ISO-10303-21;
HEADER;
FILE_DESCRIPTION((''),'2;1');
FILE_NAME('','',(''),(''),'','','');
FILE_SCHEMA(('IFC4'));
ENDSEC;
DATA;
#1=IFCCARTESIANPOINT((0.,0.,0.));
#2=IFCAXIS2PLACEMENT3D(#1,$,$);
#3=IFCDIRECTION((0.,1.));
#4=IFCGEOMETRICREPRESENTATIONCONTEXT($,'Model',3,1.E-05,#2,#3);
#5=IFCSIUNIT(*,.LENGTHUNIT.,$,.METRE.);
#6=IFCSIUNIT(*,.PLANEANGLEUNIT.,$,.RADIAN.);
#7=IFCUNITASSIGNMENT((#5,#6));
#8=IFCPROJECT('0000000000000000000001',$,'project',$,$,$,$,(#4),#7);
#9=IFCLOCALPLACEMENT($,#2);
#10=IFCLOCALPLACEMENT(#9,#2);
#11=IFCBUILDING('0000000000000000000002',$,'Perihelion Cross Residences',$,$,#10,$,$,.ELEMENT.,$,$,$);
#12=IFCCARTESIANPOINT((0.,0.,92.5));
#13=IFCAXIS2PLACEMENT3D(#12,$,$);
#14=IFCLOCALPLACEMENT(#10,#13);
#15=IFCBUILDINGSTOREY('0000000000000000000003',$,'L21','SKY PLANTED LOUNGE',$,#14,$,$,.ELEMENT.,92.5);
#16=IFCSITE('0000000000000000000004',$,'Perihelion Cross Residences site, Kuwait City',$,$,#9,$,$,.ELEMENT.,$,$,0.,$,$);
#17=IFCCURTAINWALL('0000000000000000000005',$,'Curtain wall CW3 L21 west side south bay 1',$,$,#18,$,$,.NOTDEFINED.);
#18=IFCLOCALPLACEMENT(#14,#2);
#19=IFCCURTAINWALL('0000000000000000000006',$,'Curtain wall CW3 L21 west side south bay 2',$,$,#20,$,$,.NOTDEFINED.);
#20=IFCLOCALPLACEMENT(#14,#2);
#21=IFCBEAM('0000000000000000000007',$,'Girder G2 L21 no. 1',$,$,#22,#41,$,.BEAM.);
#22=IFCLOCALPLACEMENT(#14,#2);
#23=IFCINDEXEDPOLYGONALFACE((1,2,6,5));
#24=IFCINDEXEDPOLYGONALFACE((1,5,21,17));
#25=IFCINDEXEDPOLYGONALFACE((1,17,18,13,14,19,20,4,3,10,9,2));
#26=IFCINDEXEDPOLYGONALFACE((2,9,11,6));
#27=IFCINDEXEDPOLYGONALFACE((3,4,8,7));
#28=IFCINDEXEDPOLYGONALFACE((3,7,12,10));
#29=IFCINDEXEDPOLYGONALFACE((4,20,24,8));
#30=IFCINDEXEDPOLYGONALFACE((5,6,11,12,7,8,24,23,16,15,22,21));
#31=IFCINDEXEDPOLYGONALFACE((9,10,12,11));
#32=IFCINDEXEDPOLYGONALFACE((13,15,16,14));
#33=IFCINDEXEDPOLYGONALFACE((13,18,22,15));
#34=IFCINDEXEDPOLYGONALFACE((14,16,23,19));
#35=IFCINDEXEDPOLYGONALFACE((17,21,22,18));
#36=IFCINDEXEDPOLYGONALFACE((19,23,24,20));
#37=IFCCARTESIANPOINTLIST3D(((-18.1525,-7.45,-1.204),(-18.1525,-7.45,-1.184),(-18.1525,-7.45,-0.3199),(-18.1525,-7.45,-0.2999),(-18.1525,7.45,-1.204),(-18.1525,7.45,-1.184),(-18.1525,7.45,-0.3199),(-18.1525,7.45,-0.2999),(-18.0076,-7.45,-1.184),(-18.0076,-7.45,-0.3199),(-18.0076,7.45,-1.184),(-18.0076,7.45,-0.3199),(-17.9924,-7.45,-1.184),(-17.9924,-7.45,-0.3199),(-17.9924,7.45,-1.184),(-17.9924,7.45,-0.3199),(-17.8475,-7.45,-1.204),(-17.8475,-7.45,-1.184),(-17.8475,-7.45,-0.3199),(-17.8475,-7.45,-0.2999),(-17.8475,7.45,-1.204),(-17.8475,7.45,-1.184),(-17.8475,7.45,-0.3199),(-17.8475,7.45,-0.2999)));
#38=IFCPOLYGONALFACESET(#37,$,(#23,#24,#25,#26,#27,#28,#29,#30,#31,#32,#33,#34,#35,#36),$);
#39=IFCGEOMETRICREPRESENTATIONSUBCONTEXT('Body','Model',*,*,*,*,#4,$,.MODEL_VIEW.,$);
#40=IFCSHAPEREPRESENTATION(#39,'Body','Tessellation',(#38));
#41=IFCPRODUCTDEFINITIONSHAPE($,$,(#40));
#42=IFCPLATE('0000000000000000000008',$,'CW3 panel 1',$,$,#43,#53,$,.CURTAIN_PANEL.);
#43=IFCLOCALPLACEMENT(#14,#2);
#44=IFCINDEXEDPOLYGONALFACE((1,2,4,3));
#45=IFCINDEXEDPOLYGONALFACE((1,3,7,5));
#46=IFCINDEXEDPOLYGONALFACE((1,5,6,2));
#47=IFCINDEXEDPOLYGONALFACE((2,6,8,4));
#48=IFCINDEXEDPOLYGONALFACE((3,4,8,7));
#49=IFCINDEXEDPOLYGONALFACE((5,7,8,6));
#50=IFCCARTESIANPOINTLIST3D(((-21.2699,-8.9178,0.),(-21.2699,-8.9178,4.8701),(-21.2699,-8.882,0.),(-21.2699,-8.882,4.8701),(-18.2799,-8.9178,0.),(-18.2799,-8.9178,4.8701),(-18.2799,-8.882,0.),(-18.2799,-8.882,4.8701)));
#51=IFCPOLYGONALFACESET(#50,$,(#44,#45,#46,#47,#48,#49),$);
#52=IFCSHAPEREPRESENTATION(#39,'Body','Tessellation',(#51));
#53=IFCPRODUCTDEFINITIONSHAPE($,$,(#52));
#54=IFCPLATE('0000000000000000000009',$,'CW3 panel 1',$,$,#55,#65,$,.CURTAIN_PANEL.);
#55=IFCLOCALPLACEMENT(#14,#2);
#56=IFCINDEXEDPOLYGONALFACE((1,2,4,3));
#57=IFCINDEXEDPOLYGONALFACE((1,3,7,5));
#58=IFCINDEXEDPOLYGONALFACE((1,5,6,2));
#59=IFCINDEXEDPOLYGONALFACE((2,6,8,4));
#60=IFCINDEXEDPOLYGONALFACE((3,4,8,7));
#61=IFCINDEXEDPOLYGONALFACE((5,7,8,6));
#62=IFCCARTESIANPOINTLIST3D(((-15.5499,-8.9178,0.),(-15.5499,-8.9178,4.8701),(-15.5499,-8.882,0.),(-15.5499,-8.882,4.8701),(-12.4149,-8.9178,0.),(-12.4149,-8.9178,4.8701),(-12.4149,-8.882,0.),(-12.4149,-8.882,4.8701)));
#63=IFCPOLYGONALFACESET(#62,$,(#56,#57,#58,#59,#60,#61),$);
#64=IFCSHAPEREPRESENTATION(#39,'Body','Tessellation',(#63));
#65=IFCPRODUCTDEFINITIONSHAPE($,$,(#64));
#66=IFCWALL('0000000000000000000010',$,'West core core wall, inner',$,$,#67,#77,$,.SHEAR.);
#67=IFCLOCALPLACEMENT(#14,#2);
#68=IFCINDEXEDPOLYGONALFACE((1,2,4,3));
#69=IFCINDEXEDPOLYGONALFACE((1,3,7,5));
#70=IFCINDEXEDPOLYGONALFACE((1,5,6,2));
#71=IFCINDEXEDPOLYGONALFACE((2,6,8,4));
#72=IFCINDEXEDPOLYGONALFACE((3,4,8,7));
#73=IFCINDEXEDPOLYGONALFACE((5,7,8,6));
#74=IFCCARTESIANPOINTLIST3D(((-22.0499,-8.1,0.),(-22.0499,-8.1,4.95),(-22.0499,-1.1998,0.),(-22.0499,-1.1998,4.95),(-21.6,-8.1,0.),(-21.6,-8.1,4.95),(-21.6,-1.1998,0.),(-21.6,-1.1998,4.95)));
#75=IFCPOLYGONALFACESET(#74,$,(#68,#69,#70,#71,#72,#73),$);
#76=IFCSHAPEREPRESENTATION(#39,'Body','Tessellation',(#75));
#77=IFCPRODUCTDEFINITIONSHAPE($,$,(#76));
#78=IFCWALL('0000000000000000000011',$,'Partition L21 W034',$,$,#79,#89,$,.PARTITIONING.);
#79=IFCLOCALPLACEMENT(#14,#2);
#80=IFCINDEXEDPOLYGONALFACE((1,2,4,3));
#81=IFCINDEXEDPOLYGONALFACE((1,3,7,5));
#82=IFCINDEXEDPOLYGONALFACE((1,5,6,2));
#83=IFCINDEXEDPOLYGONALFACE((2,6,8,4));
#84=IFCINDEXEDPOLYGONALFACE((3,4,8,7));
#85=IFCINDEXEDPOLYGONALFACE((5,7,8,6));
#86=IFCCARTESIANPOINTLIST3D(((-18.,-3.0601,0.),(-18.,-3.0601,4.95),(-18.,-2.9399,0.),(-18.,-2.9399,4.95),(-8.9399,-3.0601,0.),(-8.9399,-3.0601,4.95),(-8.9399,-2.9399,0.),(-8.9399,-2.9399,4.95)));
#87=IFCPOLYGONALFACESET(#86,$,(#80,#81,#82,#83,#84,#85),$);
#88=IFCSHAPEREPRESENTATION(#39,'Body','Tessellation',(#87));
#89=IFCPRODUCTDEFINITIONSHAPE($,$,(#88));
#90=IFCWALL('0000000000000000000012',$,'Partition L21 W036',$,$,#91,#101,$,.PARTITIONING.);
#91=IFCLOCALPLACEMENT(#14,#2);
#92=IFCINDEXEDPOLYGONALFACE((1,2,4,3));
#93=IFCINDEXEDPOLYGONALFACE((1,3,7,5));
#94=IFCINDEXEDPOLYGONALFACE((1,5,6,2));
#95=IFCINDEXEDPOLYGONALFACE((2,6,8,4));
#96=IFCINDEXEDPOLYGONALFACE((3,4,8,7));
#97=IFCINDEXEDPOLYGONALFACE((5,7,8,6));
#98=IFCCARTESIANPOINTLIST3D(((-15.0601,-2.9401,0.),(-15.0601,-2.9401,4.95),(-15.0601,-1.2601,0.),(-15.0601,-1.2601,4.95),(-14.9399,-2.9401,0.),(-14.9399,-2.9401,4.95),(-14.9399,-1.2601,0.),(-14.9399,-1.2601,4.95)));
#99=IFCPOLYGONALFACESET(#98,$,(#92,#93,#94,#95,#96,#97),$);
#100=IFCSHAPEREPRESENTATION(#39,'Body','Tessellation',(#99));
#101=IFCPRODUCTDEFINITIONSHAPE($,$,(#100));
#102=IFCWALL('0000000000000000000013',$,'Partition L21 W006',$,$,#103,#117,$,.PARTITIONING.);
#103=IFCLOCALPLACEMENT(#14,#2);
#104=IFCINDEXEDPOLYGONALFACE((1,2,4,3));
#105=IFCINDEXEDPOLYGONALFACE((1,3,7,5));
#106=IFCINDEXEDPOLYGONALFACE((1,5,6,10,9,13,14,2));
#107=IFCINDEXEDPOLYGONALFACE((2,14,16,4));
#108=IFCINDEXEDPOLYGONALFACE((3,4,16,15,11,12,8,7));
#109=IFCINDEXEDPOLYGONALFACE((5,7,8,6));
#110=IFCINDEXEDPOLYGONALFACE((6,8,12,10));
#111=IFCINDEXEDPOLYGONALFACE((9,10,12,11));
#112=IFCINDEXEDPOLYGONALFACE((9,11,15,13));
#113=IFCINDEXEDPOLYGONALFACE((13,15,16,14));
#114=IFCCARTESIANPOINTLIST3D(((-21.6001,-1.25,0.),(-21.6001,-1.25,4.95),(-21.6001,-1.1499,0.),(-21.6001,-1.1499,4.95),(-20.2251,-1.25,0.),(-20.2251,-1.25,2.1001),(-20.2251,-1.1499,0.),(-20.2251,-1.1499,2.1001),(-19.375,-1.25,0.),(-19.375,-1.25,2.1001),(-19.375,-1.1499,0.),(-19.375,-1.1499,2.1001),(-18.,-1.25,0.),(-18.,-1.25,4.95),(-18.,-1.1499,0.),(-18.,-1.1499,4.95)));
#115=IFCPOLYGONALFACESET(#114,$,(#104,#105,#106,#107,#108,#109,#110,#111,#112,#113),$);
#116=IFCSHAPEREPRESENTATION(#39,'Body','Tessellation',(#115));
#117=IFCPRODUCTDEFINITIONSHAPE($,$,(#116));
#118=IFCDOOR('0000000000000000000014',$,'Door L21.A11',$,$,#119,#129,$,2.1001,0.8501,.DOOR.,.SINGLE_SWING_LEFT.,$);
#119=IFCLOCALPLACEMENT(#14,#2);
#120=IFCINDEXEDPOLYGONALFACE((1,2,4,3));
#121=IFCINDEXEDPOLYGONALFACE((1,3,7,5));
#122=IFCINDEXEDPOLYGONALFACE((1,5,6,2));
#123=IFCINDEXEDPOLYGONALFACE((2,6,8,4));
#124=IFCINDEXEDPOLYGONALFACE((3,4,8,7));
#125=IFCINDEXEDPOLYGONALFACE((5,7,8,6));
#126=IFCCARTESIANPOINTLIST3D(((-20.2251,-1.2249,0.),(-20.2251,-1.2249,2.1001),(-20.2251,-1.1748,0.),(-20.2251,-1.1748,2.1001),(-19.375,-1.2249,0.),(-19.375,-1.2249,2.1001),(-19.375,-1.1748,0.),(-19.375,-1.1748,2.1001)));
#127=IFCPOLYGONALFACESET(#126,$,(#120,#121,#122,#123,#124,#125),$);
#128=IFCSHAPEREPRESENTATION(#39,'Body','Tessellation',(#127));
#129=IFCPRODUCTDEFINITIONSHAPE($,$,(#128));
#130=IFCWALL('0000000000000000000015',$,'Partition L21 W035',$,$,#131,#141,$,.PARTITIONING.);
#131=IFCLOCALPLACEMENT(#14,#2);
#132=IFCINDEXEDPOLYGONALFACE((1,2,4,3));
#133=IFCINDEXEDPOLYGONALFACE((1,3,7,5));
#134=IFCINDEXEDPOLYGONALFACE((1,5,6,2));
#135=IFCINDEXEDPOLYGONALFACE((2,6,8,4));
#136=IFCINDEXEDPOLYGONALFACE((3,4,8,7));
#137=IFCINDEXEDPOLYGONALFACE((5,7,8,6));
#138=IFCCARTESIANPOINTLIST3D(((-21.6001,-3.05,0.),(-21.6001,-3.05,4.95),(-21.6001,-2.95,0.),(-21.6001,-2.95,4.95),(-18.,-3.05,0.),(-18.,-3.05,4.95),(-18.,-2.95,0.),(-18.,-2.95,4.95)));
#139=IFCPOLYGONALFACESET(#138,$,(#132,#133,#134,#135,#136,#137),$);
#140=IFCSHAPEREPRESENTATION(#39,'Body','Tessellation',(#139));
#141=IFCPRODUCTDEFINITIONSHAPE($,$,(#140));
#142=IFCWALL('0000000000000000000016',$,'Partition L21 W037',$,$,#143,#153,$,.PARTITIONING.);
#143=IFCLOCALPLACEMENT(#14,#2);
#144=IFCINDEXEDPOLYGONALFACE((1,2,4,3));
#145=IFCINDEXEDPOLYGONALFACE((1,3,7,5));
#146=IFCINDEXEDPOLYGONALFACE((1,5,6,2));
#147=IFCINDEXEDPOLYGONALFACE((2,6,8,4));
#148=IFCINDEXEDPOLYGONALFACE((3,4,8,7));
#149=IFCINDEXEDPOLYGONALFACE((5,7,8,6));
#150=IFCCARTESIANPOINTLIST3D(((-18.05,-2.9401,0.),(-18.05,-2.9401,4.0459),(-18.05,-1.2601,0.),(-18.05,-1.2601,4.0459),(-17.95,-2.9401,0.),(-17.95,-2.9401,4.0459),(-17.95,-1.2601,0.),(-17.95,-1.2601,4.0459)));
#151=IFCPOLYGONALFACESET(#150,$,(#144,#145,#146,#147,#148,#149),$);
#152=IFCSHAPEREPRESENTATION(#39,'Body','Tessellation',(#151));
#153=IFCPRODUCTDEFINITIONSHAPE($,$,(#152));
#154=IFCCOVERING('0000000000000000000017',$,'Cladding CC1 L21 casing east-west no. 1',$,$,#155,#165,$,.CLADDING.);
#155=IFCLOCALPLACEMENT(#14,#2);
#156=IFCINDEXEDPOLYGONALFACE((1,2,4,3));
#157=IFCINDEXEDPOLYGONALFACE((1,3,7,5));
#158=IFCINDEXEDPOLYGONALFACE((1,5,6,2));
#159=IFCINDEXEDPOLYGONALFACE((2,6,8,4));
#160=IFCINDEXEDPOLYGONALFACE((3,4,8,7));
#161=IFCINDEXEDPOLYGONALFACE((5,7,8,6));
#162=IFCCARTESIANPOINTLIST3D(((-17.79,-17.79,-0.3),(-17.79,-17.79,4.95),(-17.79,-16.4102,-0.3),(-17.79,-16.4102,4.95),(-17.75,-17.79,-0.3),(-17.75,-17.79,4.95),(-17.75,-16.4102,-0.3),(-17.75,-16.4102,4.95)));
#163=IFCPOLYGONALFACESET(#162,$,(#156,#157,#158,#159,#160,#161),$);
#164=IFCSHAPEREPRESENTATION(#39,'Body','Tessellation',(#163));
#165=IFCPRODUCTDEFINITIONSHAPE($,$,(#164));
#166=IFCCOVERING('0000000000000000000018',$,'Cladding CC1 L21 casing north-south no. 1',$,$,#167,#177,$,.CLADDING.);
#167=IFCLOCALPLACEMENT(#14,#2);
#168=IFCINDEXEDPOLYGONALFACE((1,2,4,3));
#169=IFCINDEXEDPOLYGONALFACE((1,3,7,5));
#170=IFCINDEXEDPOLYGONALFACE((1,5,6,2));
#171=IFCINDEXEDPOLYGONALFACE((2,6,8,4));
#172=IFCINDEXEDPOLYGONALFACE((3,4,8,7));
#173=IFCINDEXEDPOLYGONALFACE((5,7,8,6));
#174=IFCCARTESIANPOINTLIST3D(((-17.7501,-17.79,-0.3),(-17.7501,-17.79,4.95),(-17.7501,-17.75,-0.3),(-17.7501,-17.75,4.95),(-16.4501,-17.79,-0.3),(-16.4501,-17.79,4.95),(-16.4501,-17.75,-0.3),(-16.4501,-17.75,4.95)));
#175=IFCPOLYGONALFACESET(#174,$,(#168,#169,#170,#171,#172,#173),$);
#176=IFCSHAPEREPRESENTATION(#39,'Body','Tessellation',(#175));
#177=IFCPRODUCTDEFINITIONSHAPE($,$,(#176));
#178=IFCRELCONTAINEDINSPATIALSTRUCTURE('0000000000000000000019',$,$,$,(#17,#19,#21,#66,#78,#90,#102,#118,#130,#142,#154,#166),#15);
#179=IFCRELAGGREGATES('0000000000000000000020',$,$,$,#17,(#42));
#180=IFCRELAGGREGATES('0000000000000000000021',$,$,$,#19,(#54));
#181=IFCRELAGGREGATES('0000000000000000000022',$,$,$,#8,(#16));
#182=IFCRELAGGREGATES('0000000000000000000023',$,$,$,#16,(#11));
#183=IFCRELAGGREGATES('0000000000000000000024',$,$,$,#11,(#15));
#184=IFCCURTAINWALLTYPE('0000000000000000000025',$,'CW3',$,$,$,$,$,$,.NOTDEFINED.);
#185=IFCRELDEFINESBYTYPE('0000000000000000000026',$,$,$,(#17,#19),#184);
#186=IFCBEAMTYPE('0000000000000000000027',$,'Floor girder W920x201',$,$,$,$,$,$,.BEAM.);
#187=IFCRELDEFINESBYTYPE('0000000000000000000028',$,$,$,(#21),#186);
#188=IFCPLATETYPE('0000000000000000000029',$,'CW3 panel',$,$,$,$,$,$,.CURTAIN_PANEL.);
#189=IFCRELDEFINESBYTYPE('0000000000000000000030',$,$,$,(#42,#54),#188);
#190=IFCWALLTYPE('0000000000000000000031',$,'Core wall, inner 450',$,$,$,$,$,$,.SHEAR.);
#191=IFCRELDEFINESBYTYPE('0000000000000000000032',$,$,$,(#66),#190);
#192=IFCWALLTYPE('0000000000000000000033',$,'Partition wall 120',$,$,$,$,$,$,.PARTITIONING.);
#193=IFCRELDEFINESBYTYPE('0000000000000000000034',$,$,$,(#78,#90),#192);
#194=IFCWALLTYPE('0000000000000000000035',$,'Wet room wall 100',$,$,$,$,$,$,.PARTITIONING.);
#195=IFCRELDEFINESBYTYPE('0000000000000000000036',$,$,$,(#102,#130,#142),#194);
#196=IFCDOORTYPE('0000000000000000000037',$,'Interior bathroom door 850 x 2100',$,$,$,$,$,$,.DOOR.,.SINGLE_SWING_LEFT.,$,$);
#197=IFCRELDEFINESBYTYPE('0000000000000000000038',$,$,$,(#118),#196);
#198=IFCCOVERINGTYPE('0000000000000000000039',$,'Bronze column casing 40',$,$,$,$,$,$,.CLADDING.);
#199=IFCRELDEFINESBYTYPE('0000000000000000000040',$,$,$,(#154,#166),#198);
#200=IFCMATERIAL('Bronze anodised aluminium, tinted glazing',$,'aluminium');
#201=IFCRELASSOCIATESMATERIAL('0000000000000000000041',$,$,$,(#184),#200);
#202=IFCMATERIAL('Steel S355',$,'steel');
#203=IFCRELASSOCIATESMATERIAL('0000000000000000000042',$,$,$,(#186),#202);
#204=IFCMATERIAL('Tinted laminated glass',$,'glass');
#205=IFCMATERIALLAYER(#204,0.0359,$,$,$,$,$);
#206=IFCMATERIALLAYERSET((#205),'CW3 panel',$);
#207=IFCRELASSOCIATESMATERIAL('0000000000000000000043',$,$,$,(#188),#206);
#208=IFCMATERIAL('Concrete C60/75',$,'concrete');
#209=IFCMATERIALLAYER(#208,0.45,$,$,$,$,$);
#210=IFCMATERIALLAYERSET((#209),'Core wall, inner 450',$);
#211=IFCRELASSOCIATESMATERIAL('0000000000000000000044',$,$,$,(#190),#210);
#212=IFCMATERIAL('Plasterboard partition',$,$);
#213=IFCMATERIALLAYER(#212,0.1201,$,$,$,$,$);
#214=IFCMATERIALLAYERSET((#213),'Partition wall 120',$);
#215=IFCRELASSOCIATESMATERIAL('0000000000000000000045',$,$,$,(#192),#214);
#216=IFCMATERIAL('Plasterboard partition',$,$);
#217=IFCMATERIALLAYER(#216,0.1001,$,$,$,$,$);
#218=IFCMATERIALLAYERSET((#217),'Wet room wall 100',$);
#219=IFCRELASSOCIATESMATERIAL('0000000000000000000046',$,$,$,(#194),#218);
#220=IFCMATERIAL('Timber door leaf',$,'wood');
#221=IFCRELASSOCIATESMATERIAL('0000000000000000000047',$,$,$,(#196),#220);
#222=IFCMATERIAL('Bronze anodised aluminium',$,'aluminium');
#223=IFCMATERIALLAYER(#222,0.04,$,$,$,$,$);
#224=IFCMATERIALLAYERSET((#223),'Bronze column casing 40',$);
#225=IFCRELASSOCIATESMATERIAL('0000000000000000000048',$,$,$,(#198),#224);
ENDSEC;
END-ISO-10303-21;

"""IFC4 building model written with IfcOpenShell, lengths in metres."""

from ifc_helpers import new_model, si_unit, direction, frame, frame_2d, origin, origin_2d, place, context, subcontext, project, spatial, rectangle, i_section, extrude, material, layer, layer_set, material_profile, profile_set, type_object, element, fill, aggregate, save


model = new_model("IFC4")

# Units and contexts
model_context = context("Model", 3, precision=1e-05, world=origin(), true_north=direction((0.0, 1.0)))
body_context = subcontext(model_context, "Body", "Model", "MODEL_VIEW")
ifc_project = project(units=[si_unit("LENGTHUNIT", "METRE"), si_unit("PLANEANGLEUNIT", "RADIAN")], contexts=[model_context])

# Site, building, storey
site_placement = place(None, origin())
site = spatial("IfcSite", under=ifc_project, at=site_placement, Name="Perihelion Cross Residences site, Kuwait City", CompositionType="ELEMENT", RefElevation=0.0)
building_placement = place(site_placement, origin())
building = spatial("IfcBuilding", under=site, at=building_placement, Name="Perihelion Cross Residences", CompositionType="ELEMENT")
storey_placement = place(building_placement, frame((0.0, 0.0, 92.5)))
storey = spatial("IfcBuildingStorey", under=building, at=storey_placement, Name="L21", Description="SKY PLANTED LOUNGE", CompositionType="ELEMENT", Elevation=92.5)

# Curtain wall
ifc_material_1 = material(Name="Bronze anodised aluminium, tinted glazing", Category="aluminium")
curtain_wall_type = type_object("IfcCurtainWallType", Name="CW3", PredefinedType="NOTDEFINED", material=ifc_material_1)
curtain_wall_1_placement = place(storey_placement, origin())
curtain_wall_1 = element("IfcCurtainWall", 1, at=curtain_wall_1_placement, inside=storey, type_object=curtain_wall_type, Name="Curtain wall CW3 L21 west side south bay 1", PredefinedType="NOTDEFINED")

# Curtain wall
curtain_wall_2_placement = place(storey_placement, origin())
curtain_wall_2 = element("IfcCurtainWall", 2, at=curtain_wall_2_placement, inside=storey, type_object=curtain_wall_type, Name="Curtain wall CW3 L21 west side south bay 2", PredefinedType="NOTDEFINED")

# Beam
ifc_material_2 = material(Name="Steel S355", Category="steel")
ifc_material_profile_1 = material_profile(ifc_material_2, i_section(OverallWidth=0.3049, OverallDepth=0.9041, WebThickness=0.0151, FlangeThickness=0.02, at=origin_2d()), Name="W920x201")
ifc_profile_set_1 = profile_set([ifc_material_profile_1], Name="Steel S355")
beam_type_1 = type_object("IfcBeamType", Name="Floor girder W920x201", PredefinedType="BEAM", material=ifc_profile_set_1)
beam_1_placement = place(storey_placement, frame((-18.0, -7.45, -0.752), z_axis=(0.0, 1.0, 0.0), x_axis=(-1.0, 0.0, 0.0)))
element("IfcBeam", 3, at=beam_1_placement, inside=storey, type_object=beam_type_1, Name="Girder G2 L21 no. 1", PredefinedType="BEAM", context=body_context, shape_type="SweptSolid", body=[
    extrude(i_section(OverallWidth=0.3049, OverallDepth=0.9041, WebThickness=0.0151, FlangeThickness=0.02, at=origin_2d()), origin(), (0.0, 0.0, 1.0), 14.8999),
])

# Plates
ifc_material_3 = material(Name="Tinted laminated glass", Category="glass")
ifc_layer_1 = layer(ifc_material_3, 0.0359)
ifc_layer_set_1 = layer_set([ifc_layer_1], Name="CW3 panel")
plate_type = type_object("IfcPlateType", Name="CW3 panel", PredefinedType="CURTAIN_PANEL", material=ifc_layer_set_1)
plate_1_placement = place(storey_placement, frame((-19.7749, -8.8999, 0.0), z_axis=(0.0, 0.0, 1.0), x_axis=(1.0, 0.0, 0.0)))
plate_1 = element("IfcPlate", 4, at=plate_1_placement, type_object=plate_type, Name="CW3 panel 1", PredefinedType="CURTAIN_PANEL", context=body_context, shape_type="SweptSolid", body=[
    extrude(rectangle(XDim=2.99, YDim=0.0359, at=origin_2d()), origin(), (0.0, 0.0, 1.0), 4.8701),
])
aggregate(curtain_wall_1, [plate_1])
plate_2_placement = place(storey_placement, frame((-13.9824, -8.8999, 0.0), z_axis=(0.0, 0.0, 1.0), x_axis=(1.0, 0.0, 0.0)))
plate_2 = element("IfcPlate", 5, at=plate_2_placement, type_object=plate_type, Name="CW3 panel 1", PredefinedType="CURTAIN_PANEL", context=body_context, shape_type="SweptSolid", body=[
    extrude(rectangle(XDim=3.135, YDim=0.0359, at=origin_2d()), origin(), (0.0, 0.0, 1.0), 4.8701),
])
aggregate(curtain_wall_2, [plate_2])

# Walls
ifc_material_4 = material(Name="Concrete C60/75", Category="concrete")
ifc_layer_2 = layer(ifc_material_4, 0.45)
ifc_layer_set_2 = layer_set([ifc_layer_2], Name="Core wall, inner 450")
wall_type_1 = type_object("IfcWallType", Name="Core wall, inner 450", PredefinedType="SHEAR", material=ifc_layer_set_2)
wall_1_placement = place(storey_placement, frame((-21.825, -8.1001, 0.0), z_axis=(0.0, 0.0, 1.0), x_axis=(0.0, 1.0, 0.0)))
element("IfcWall", 6, at=wall_1_placement, inside=storey, type_object=wall_type_1, Name="West core core wall, inner", PredefinedType="SHEAR", context=body_context, shape_type="SweptSolid", body=[
    extrude(rectangle(XDim=6.9001, YDim=0.45, at=frame_2d((3.4502, 0.0))), origin(), (0.0, 0.0, 1.0), 4.95),
])
ifc_material_5 = material(Name="Plasterboard partition")
ifc_layer_3 = layer(ifc_material_5, 0.1201)
ifc_layer_set_3 = layer_set([ifc_layer_3], Name="Partition wall 120")
wall_type_2 = type_object("IfcWallType", Name="Partition wall 120", PredefinedType="PARTITIONING", material=ifc_layer_set_3)
wall_2_placement = place(storey_placement, frame((-18.0, -3.0, 0.0), z_axis=(0.0, 0.0, 1.0), x_axis=(1.0, 0.0, 0.0)))
element("IfcWall", 7, at=wall_2_placement, inside=storey, type_object=wall_type_2, Name="Partition L21 W034", PredefinedType="PARTITIONING", context=body_context, shape_type="SweptSolid", body=[
    extrude(rectangle(XDim=9.0601, YDim=0.1201, at=frame_2d((4.53, 0.0))), origin(), (0.0, 0.0, 1.0), 4.95),
])
wall_3_placement = place(storey_placement, frame((-15.0, -2.9399, 0.0), z_axis=(0.0, 0.0, 1.0), x_axis=(0.0, 1.0, 0.0)))
element("IfcWall", 8, at=wall_3_placement, inside=storey, type_object=wall_type_2, Name="Partition L21 W036", PredefinedType="PARTITIONING", context=body_context, shape_type="SweptSolid", body=[
    extrude(rectangle(XDim=1.6799, YDim=0.1201, at=frame_2d((0.8398, 0.0))), origin(), (0.0, 0.0, 1.0), 4.95),
])

# Wall, opening, door
ifc_material_6 = material(Name="Plasterboard partition")
ifc_layer_4 = layer(ifc_material_6, 0.1001)
ifc_layer_set_4 = layer_set([ifc_layer_4], Name="Wet room wall 100")
wall_type_3 = type_object("IfcWallType", Name="Wet room wall 100", PredefinedType="PARTITIONING", material=ifc_layer_set_4)
wall_4_placement = place(storey_placement, frame((-18.0, -1.2, 0.0), z_axis=(0.0, 0.0, 1.0), x_axis=(-1.0, 0.0, 0.0)))
wall_4 = element("IfcWall", 9, at=wall_4_placement, inside=storey, type_object=wall_type_3, Name="Partition L21 W006", PredefinedType="PARTITIONING", context=body_context, shape_type="SweptSolid", body=[
    extrude(rectangle(XDim=3.6001, YDim=0.1001, at=frame_2d((1.8, 0.0))), origin(), (0.0, 0.0, 1.0), 4.95),
])
opening_1_placement = place(wall_4_placement, frame((1.375, 0.0, 0.0)))
opening_1 = element("IfcOpeningElement", 10, at=opening_1_placement, cuts=wall_4, PredefinedType="OPENING", context=body_context, shape_type="SweptSolid", body=[
    extrude(rectangle(XDim=0.8501, YDim=2.1001, at=frame_2d((0.425, 1.05))), frame((0.0, 0.0601, 0.0), z_axis=(0.0, -1.0, 0.0), x_axis=(1.0, 0.0, 0.0)), (0.0, 0.0, 1.0), 0.1201),
])
ifc_material_7 = material(Name="Timber door leaf", Category="wood")
door_type_1 = type_object("IfcDoorType", Name="Interior bathroom door 850 x 2100", OperationType="SINGLE_SWING_LEFT", PredefinedType="DOOR", material=ifc_material_7)
door_1_placement = place(opening_1_placement, origin())
door_1 = element("IfcDoor", 11, at=door_1_placement, inside=storey, type_object=door_type_1, Name="Door L21.A11", OperationType="SINGLE_SWING_LEFT", OverallHeight=2.1001, OverallWidth=0.8501, PredefinedType="DOOR", context=body_context, shape_type="SweptSolid", body=[
    extrude(rectangle(XDim=0.8501, YDim=2.1001, at=frame_2d((0.425, 1.05))), frame((0.0, 0.0249, 0.0), z_axis=(0.0, -1.0, 0.0), x_axis=(1.0, 0.0, 0.0)), (0.0, 0.0, 1.0), 0.05),
])
fill(opening_1, door_1)

# Walls
wall_5_placement = place(storey_placement, frame((-21.6001, -3.0, 0.0), z_axis=(0.0, 0.0, 1.0), x_axis=(1.0, 0.0, 0.0)))
element("IfcWall", 12, at=wall_5_placement, inside=storey, type_object=wall_type_3, Name="Partition L21 W035", PredefinedType="PARTITIONING", context=body_context, shape_type="SweptSolid", body=[
    extrude(rectangle(XDim=3.6001, YDim=0.1001, at=frame_2d((1.8, 0.0))), origin(), (0.0, 0.0, 1.0), 4.95),
])
wall_6_placement = place(storey_placement, frame((-18.0, -2.9399, 0.0), z_axis=(0.0, 0.0, 1.0), x_axis=(0.0, 1.0, 0.0)))
element("IfcWall", 13, at=wall_6_placement, inside=storey, type_object=wall_type_3, Name="Partition L21 W037", PredefinedType="PARTITIONING", context=body_context, shape_type="SweptSolid", body=[
    extrude(rectangle(XDim=1.6799, YDim=0.1001, at=frame_2d((0.8398, 0.0))), origin(), (0.0, 0.0, 1.0), 4.0459),
])

# Coverings
ifc_material_8 = material(Name="Bronze anodised aluminium", Category="aluminium")
ifc_layer_5 = layer(ifc_material_8, 0.04)
ifc_layer_set_5 = layer_set([ifc_layer_5], Name="Bronze column casing 40")
covering_type_1 = type_object("IfcCoveringType", Name="Bronze column casing 40", PredefinedType="CLADDING", material=ifc_layer_set_5)
covering_1_placement = place(storey_placement, frame((-17.77, -17.1001, -0.3), z_axis=(0.0, 0.0, 1.0), x_axis=(1.0, 0.0, 0.0)))
element("IfcCovering", 14, at=covering_1_placement, inside=storey, type_object=covering_type_1, Name="Cladding CC1 L21 casing east-west no. 1", PredefinedType="CLADDING", context=body_context, shape_type="SweptSolid", body=[
    extrude(rectangle(XDim=0.04, YDim=1.3799, at=origin_2d()), origin(), (0.0, 0.0, 1.0), 5.25),
])
covering_2_placement = place(storey_placement, frame((-17.1001, -17.77, -0.3), z_axis=(0.0, 0.0, 1.0), x_axis=(1.0, 0.0, 0.0)))
element("IfcCovering", 15, at=covering_2_placement, inside=storey, type_object=covering_type_1, Name="Cladding CC1 L21 casing north-south no. 1", PredefinedType="CLADDING", context=body_context, shape_type="SweptSolid", body=[
    extrude(rectangle(XDim=1.3, YDim=0.04, at=origin_2d()), origin(), (0.0, 0.0, 1.0), 5.25),
])

save(model, "model.ifc")
